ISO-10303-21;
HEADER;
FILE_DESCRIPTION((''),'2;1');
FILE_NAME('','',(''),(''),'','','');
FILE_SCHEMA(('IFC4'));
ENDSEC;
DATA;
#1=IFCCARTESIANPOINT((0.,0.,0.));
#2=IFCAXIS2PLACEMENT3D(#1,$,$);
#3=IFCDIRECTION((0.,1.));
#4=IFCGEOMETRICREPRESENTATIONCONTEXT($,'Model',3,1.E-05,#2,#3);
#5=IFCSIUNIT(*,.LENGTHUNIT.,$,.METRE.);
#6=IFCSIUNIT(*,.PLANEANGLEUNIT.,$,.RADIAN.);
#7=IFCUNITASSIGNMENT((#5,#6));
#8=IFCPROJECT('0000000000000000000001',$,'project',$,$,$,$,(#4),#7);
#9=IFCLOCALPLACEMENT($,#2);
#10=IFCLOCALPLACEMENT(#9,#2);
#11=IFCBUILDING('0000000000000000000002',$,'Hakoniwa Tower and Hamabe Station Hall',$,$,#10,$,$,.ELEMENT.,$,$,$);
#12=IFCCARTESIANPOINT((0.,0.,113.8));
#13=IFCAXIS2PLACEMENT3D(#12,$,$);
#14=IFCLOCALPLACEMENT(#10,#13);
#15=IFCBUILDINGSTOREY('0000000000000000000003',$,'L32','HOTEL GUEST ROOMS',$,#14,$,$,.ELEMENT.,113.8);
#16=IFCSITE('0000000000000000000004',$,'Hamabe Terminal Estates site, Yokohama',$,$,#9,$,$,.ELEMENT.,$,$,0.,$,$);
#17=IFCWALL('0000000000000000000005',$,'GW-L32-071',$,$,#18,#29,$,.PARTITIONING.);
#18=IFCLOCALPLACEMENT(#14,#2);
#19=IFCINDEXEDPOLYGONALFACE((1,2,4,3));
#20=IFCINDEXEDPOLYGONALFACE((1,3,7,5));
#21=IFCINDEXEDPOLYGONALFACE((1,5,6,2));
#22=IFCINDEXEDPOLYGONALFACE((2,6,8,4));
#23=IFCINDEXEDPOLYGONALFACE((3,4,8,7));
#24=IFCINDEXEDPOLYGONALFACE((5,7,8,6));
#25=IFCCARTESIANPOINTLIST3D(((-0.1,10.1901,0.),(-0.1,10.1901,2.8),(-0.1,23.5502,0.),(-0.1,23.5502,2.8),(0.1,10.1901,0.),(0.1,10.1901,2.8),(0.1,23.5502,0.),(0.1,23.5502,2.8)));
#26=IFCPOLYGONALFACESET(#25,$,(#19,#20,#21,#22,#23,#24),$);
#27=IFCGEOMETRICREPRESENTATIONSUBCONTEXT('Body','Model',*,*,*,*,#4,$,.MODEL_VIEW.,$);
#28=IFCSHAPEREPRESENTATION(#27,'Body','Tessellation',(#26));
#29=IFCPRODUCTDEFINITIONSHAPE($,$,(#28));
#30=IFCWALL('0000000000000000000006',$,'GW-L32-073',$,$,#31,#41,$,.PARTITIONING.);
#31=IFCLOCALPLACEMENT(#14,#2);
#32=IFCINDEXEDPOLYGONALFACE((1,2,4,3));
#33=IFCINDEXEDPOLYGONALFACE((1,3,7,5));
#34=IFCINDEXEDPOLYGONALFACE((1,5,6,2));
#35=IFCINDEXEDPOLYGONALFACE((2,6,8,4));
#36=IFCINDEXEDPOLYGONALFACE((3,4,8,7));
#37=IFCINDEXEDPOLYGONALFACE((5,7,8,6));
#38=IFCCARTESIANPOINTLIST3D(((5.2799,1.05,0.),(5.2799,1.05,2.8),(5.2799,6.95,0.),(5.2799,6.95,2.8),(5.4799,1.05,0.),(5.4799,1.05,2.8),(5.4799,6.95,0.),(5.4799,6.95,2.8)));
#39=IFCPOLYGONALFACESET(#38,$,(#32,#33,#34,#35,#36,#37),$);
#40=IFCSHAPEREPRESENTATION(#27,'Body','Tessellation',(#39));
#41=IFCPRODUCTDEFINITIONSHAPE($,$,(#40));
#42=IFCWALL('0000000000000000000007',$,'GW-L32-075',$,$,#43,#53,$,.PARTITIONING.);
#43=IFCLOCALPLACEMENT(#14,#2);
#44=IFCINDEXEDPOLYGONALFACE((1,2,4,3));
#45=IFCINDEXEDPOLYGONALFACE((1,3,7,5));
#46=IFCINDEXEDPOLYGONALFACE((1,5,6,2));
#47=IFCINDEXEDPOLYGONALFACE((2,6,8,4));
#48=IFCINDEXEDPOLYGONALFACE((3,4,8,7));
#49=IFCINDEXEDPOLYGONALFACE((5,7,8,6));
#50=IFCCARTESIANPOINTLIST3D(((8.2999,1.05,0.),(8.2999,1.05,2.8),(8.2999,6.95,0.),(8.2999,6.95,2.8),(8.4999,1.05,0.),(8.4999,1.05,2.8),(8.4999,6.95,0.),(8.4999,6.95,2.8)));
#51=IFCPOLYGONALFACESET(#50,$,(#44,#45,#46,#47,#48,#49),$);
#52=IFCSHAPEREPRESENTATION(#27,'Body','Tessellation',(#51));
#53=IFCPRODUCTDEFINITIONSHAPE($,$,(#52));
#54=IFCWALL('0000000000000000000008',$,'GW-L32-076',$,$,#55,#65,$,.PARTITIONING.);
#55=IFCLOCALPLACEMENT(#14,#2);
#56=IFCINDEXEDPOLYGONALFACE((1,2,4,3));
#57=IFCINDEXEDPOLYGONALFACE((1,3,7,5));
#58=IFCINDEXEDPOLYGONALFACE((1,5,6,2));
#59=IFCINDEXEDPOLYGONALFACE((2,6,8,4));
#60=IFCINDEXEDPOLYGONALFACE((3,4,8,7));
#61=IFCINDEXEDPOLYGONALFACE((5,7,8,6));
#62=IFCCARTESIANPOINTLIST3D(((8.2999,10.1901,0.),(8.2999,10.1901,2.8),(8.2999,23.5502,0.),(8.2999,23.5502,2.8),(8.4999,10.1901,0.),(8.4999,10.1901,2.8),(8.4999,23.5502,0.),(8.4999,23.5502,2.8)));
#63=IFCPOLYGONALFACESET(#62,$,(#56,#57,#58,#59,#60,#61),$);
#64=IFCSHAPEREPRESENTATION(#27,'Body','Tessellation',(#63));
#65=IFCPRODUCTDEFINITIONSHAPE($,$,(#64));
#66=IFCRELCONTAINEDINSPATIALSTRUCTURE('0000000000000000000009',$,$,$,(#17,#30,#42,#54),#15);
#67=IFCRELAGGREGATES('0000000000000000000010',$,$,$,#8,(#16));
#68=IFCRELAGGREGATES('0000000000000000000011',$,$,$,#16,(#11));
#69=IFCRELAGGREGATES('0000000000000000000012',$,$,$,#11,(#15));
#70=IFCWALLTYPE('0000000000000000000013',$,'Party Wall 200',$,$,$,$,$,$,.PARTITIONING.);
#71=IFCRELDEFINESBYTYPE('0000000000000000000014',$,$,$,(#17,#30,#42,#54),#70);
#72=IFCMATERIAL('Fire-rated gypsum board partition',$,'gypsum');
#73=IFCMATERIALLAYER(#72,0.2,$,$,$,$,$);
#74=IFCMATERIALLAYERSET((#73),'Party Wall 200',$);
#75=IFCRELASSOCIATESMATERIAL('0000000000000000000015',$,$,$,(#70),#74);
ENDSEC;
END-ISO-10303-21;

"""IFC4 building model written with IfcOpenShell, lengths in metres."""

from ifc_helpers import new_model, si_unit, direction, frame, frame_2d, origin, place, context, subcontext, project, spatial, rectangle, extrude, material, layer, layer_set, type_object, element, save


model = new_model("IFC4")

# Units and contexts
model_context = context("Model", 3, precision=1e-05, world=origin(), true_north=direction((0.0, 1.0)))
body_context = subcontext(model_context, "Body", "Model", "MODEL_VIEW")
ifc_project = project(units=[si_unit("LENGTHUNIT", "METRE"), si_unit("PLANEANGLEUNIT", "RADIAN")], contexts=[model_context])

# Site, building, storey
site_placement = place(None, origin())
site = spatial("IfcSite", under=ifc_project, at=site_placement, Name="Hamabe Terminal Estates site, Yokohama", CompositionType="ELEMENT", RefElevation=0.0)
building_placement = place(site_placement, origin())
building = spatial("IfcBuilding", under=site, at=building_placement, Name="Hakoniwa Tower and Hamabe Station Hall", CompositionType="ELEMENT")
storey_placement = place(building_placement, frame((0.0, 0.0, 113.8)))
storey = spatial("IfcBuildingStorey", under=building, at=storey_placement, Name="L32", Description="HOTEL GUEST ROOMS", CompositionType="ELEMENT", Elevation=113.8)

# Walls
ifc_material_1 = material(Name="Fire-rated gypsum board partition", Category="gypsum")
ifc_layer_1 = layer(ifc_material_1, 0.2)
ifc_layer_set_1 = layer_set([ifc_layer_1], Name="Party Wall 200")
wall_type = type_object("IfcWallType", Name="Party Wall 200", PredefinedType="PARTITIONING", material=ifc_layer_set_1)
wall_1_placement = place(storey_placement, frame((0.0, 10.1899, 0.0), z_axis=(0.0, 0.0, 1.0), x_axis=(0.0, 1.0, 0.0)))
element("IfcWall", 1, at=wall_1_placement, inside=storey, type_object=wall_type, Name="GW-L32-071", PredefinedType="PARTITIONING", context=body_context, shape_type="SweptSolid", body=[
    extrude(rectangle(XDim=13.3601, YDim=0.2, at=frame_2d((6.6802, 0.0))), origin(), (0.0, 0.0, 1.0), 2.8),
])
for number, where, z_axis, x_axis, name in (
    (2, (5.3799, 1.05, 0.0), (0.0, 0.0, 1.0), (0.0, 1.0, 0.0), "GW-L32-073"),
    (3, (8.3999, 1.05, 0.0), (0.0, 0.0, 1.0), (0.0, 1.0, 0.0), "GW-L32-075"),
):
    element("IfcWall", number, at=place(storey_placement, frame(where, z_axis=z_axis, x_axis=x_axis)), inside=storey, type_object=wall_type, Name=name, PredefinedType="PARTITIONING", context=body_context, shape_type="SweptSolid", body=[
        extrude(rectangle(XDim=5.8999, YDim=0.2, at=frame_2d((2.95, 0.0))), origin(), (0.0, 0.0, 1.0), 2.8),
    ])
wall_2_placement = place(storey_placement, frame((8.3999, 10.1899, 0.0), z_axis=(0.0, 0.0, 1.0), x_axis=(0.0, 1.0, 0.0)))
element("IfcWall", 4, at=wall_2_placement, inside=storey, type_object=wall_type, Name="GW-L32-076", PredefinedType="PARTITIONING", context=body_context, shape_type="SweptSolid", body=[
    extrude(rectangle(XDim=13.3601, YDim=0.2, at=frame_2d((6.6802, 0.0))), origin(), (0.0, 0.0, 1.0), 2.8),
])

save(model, "model.ifc")
